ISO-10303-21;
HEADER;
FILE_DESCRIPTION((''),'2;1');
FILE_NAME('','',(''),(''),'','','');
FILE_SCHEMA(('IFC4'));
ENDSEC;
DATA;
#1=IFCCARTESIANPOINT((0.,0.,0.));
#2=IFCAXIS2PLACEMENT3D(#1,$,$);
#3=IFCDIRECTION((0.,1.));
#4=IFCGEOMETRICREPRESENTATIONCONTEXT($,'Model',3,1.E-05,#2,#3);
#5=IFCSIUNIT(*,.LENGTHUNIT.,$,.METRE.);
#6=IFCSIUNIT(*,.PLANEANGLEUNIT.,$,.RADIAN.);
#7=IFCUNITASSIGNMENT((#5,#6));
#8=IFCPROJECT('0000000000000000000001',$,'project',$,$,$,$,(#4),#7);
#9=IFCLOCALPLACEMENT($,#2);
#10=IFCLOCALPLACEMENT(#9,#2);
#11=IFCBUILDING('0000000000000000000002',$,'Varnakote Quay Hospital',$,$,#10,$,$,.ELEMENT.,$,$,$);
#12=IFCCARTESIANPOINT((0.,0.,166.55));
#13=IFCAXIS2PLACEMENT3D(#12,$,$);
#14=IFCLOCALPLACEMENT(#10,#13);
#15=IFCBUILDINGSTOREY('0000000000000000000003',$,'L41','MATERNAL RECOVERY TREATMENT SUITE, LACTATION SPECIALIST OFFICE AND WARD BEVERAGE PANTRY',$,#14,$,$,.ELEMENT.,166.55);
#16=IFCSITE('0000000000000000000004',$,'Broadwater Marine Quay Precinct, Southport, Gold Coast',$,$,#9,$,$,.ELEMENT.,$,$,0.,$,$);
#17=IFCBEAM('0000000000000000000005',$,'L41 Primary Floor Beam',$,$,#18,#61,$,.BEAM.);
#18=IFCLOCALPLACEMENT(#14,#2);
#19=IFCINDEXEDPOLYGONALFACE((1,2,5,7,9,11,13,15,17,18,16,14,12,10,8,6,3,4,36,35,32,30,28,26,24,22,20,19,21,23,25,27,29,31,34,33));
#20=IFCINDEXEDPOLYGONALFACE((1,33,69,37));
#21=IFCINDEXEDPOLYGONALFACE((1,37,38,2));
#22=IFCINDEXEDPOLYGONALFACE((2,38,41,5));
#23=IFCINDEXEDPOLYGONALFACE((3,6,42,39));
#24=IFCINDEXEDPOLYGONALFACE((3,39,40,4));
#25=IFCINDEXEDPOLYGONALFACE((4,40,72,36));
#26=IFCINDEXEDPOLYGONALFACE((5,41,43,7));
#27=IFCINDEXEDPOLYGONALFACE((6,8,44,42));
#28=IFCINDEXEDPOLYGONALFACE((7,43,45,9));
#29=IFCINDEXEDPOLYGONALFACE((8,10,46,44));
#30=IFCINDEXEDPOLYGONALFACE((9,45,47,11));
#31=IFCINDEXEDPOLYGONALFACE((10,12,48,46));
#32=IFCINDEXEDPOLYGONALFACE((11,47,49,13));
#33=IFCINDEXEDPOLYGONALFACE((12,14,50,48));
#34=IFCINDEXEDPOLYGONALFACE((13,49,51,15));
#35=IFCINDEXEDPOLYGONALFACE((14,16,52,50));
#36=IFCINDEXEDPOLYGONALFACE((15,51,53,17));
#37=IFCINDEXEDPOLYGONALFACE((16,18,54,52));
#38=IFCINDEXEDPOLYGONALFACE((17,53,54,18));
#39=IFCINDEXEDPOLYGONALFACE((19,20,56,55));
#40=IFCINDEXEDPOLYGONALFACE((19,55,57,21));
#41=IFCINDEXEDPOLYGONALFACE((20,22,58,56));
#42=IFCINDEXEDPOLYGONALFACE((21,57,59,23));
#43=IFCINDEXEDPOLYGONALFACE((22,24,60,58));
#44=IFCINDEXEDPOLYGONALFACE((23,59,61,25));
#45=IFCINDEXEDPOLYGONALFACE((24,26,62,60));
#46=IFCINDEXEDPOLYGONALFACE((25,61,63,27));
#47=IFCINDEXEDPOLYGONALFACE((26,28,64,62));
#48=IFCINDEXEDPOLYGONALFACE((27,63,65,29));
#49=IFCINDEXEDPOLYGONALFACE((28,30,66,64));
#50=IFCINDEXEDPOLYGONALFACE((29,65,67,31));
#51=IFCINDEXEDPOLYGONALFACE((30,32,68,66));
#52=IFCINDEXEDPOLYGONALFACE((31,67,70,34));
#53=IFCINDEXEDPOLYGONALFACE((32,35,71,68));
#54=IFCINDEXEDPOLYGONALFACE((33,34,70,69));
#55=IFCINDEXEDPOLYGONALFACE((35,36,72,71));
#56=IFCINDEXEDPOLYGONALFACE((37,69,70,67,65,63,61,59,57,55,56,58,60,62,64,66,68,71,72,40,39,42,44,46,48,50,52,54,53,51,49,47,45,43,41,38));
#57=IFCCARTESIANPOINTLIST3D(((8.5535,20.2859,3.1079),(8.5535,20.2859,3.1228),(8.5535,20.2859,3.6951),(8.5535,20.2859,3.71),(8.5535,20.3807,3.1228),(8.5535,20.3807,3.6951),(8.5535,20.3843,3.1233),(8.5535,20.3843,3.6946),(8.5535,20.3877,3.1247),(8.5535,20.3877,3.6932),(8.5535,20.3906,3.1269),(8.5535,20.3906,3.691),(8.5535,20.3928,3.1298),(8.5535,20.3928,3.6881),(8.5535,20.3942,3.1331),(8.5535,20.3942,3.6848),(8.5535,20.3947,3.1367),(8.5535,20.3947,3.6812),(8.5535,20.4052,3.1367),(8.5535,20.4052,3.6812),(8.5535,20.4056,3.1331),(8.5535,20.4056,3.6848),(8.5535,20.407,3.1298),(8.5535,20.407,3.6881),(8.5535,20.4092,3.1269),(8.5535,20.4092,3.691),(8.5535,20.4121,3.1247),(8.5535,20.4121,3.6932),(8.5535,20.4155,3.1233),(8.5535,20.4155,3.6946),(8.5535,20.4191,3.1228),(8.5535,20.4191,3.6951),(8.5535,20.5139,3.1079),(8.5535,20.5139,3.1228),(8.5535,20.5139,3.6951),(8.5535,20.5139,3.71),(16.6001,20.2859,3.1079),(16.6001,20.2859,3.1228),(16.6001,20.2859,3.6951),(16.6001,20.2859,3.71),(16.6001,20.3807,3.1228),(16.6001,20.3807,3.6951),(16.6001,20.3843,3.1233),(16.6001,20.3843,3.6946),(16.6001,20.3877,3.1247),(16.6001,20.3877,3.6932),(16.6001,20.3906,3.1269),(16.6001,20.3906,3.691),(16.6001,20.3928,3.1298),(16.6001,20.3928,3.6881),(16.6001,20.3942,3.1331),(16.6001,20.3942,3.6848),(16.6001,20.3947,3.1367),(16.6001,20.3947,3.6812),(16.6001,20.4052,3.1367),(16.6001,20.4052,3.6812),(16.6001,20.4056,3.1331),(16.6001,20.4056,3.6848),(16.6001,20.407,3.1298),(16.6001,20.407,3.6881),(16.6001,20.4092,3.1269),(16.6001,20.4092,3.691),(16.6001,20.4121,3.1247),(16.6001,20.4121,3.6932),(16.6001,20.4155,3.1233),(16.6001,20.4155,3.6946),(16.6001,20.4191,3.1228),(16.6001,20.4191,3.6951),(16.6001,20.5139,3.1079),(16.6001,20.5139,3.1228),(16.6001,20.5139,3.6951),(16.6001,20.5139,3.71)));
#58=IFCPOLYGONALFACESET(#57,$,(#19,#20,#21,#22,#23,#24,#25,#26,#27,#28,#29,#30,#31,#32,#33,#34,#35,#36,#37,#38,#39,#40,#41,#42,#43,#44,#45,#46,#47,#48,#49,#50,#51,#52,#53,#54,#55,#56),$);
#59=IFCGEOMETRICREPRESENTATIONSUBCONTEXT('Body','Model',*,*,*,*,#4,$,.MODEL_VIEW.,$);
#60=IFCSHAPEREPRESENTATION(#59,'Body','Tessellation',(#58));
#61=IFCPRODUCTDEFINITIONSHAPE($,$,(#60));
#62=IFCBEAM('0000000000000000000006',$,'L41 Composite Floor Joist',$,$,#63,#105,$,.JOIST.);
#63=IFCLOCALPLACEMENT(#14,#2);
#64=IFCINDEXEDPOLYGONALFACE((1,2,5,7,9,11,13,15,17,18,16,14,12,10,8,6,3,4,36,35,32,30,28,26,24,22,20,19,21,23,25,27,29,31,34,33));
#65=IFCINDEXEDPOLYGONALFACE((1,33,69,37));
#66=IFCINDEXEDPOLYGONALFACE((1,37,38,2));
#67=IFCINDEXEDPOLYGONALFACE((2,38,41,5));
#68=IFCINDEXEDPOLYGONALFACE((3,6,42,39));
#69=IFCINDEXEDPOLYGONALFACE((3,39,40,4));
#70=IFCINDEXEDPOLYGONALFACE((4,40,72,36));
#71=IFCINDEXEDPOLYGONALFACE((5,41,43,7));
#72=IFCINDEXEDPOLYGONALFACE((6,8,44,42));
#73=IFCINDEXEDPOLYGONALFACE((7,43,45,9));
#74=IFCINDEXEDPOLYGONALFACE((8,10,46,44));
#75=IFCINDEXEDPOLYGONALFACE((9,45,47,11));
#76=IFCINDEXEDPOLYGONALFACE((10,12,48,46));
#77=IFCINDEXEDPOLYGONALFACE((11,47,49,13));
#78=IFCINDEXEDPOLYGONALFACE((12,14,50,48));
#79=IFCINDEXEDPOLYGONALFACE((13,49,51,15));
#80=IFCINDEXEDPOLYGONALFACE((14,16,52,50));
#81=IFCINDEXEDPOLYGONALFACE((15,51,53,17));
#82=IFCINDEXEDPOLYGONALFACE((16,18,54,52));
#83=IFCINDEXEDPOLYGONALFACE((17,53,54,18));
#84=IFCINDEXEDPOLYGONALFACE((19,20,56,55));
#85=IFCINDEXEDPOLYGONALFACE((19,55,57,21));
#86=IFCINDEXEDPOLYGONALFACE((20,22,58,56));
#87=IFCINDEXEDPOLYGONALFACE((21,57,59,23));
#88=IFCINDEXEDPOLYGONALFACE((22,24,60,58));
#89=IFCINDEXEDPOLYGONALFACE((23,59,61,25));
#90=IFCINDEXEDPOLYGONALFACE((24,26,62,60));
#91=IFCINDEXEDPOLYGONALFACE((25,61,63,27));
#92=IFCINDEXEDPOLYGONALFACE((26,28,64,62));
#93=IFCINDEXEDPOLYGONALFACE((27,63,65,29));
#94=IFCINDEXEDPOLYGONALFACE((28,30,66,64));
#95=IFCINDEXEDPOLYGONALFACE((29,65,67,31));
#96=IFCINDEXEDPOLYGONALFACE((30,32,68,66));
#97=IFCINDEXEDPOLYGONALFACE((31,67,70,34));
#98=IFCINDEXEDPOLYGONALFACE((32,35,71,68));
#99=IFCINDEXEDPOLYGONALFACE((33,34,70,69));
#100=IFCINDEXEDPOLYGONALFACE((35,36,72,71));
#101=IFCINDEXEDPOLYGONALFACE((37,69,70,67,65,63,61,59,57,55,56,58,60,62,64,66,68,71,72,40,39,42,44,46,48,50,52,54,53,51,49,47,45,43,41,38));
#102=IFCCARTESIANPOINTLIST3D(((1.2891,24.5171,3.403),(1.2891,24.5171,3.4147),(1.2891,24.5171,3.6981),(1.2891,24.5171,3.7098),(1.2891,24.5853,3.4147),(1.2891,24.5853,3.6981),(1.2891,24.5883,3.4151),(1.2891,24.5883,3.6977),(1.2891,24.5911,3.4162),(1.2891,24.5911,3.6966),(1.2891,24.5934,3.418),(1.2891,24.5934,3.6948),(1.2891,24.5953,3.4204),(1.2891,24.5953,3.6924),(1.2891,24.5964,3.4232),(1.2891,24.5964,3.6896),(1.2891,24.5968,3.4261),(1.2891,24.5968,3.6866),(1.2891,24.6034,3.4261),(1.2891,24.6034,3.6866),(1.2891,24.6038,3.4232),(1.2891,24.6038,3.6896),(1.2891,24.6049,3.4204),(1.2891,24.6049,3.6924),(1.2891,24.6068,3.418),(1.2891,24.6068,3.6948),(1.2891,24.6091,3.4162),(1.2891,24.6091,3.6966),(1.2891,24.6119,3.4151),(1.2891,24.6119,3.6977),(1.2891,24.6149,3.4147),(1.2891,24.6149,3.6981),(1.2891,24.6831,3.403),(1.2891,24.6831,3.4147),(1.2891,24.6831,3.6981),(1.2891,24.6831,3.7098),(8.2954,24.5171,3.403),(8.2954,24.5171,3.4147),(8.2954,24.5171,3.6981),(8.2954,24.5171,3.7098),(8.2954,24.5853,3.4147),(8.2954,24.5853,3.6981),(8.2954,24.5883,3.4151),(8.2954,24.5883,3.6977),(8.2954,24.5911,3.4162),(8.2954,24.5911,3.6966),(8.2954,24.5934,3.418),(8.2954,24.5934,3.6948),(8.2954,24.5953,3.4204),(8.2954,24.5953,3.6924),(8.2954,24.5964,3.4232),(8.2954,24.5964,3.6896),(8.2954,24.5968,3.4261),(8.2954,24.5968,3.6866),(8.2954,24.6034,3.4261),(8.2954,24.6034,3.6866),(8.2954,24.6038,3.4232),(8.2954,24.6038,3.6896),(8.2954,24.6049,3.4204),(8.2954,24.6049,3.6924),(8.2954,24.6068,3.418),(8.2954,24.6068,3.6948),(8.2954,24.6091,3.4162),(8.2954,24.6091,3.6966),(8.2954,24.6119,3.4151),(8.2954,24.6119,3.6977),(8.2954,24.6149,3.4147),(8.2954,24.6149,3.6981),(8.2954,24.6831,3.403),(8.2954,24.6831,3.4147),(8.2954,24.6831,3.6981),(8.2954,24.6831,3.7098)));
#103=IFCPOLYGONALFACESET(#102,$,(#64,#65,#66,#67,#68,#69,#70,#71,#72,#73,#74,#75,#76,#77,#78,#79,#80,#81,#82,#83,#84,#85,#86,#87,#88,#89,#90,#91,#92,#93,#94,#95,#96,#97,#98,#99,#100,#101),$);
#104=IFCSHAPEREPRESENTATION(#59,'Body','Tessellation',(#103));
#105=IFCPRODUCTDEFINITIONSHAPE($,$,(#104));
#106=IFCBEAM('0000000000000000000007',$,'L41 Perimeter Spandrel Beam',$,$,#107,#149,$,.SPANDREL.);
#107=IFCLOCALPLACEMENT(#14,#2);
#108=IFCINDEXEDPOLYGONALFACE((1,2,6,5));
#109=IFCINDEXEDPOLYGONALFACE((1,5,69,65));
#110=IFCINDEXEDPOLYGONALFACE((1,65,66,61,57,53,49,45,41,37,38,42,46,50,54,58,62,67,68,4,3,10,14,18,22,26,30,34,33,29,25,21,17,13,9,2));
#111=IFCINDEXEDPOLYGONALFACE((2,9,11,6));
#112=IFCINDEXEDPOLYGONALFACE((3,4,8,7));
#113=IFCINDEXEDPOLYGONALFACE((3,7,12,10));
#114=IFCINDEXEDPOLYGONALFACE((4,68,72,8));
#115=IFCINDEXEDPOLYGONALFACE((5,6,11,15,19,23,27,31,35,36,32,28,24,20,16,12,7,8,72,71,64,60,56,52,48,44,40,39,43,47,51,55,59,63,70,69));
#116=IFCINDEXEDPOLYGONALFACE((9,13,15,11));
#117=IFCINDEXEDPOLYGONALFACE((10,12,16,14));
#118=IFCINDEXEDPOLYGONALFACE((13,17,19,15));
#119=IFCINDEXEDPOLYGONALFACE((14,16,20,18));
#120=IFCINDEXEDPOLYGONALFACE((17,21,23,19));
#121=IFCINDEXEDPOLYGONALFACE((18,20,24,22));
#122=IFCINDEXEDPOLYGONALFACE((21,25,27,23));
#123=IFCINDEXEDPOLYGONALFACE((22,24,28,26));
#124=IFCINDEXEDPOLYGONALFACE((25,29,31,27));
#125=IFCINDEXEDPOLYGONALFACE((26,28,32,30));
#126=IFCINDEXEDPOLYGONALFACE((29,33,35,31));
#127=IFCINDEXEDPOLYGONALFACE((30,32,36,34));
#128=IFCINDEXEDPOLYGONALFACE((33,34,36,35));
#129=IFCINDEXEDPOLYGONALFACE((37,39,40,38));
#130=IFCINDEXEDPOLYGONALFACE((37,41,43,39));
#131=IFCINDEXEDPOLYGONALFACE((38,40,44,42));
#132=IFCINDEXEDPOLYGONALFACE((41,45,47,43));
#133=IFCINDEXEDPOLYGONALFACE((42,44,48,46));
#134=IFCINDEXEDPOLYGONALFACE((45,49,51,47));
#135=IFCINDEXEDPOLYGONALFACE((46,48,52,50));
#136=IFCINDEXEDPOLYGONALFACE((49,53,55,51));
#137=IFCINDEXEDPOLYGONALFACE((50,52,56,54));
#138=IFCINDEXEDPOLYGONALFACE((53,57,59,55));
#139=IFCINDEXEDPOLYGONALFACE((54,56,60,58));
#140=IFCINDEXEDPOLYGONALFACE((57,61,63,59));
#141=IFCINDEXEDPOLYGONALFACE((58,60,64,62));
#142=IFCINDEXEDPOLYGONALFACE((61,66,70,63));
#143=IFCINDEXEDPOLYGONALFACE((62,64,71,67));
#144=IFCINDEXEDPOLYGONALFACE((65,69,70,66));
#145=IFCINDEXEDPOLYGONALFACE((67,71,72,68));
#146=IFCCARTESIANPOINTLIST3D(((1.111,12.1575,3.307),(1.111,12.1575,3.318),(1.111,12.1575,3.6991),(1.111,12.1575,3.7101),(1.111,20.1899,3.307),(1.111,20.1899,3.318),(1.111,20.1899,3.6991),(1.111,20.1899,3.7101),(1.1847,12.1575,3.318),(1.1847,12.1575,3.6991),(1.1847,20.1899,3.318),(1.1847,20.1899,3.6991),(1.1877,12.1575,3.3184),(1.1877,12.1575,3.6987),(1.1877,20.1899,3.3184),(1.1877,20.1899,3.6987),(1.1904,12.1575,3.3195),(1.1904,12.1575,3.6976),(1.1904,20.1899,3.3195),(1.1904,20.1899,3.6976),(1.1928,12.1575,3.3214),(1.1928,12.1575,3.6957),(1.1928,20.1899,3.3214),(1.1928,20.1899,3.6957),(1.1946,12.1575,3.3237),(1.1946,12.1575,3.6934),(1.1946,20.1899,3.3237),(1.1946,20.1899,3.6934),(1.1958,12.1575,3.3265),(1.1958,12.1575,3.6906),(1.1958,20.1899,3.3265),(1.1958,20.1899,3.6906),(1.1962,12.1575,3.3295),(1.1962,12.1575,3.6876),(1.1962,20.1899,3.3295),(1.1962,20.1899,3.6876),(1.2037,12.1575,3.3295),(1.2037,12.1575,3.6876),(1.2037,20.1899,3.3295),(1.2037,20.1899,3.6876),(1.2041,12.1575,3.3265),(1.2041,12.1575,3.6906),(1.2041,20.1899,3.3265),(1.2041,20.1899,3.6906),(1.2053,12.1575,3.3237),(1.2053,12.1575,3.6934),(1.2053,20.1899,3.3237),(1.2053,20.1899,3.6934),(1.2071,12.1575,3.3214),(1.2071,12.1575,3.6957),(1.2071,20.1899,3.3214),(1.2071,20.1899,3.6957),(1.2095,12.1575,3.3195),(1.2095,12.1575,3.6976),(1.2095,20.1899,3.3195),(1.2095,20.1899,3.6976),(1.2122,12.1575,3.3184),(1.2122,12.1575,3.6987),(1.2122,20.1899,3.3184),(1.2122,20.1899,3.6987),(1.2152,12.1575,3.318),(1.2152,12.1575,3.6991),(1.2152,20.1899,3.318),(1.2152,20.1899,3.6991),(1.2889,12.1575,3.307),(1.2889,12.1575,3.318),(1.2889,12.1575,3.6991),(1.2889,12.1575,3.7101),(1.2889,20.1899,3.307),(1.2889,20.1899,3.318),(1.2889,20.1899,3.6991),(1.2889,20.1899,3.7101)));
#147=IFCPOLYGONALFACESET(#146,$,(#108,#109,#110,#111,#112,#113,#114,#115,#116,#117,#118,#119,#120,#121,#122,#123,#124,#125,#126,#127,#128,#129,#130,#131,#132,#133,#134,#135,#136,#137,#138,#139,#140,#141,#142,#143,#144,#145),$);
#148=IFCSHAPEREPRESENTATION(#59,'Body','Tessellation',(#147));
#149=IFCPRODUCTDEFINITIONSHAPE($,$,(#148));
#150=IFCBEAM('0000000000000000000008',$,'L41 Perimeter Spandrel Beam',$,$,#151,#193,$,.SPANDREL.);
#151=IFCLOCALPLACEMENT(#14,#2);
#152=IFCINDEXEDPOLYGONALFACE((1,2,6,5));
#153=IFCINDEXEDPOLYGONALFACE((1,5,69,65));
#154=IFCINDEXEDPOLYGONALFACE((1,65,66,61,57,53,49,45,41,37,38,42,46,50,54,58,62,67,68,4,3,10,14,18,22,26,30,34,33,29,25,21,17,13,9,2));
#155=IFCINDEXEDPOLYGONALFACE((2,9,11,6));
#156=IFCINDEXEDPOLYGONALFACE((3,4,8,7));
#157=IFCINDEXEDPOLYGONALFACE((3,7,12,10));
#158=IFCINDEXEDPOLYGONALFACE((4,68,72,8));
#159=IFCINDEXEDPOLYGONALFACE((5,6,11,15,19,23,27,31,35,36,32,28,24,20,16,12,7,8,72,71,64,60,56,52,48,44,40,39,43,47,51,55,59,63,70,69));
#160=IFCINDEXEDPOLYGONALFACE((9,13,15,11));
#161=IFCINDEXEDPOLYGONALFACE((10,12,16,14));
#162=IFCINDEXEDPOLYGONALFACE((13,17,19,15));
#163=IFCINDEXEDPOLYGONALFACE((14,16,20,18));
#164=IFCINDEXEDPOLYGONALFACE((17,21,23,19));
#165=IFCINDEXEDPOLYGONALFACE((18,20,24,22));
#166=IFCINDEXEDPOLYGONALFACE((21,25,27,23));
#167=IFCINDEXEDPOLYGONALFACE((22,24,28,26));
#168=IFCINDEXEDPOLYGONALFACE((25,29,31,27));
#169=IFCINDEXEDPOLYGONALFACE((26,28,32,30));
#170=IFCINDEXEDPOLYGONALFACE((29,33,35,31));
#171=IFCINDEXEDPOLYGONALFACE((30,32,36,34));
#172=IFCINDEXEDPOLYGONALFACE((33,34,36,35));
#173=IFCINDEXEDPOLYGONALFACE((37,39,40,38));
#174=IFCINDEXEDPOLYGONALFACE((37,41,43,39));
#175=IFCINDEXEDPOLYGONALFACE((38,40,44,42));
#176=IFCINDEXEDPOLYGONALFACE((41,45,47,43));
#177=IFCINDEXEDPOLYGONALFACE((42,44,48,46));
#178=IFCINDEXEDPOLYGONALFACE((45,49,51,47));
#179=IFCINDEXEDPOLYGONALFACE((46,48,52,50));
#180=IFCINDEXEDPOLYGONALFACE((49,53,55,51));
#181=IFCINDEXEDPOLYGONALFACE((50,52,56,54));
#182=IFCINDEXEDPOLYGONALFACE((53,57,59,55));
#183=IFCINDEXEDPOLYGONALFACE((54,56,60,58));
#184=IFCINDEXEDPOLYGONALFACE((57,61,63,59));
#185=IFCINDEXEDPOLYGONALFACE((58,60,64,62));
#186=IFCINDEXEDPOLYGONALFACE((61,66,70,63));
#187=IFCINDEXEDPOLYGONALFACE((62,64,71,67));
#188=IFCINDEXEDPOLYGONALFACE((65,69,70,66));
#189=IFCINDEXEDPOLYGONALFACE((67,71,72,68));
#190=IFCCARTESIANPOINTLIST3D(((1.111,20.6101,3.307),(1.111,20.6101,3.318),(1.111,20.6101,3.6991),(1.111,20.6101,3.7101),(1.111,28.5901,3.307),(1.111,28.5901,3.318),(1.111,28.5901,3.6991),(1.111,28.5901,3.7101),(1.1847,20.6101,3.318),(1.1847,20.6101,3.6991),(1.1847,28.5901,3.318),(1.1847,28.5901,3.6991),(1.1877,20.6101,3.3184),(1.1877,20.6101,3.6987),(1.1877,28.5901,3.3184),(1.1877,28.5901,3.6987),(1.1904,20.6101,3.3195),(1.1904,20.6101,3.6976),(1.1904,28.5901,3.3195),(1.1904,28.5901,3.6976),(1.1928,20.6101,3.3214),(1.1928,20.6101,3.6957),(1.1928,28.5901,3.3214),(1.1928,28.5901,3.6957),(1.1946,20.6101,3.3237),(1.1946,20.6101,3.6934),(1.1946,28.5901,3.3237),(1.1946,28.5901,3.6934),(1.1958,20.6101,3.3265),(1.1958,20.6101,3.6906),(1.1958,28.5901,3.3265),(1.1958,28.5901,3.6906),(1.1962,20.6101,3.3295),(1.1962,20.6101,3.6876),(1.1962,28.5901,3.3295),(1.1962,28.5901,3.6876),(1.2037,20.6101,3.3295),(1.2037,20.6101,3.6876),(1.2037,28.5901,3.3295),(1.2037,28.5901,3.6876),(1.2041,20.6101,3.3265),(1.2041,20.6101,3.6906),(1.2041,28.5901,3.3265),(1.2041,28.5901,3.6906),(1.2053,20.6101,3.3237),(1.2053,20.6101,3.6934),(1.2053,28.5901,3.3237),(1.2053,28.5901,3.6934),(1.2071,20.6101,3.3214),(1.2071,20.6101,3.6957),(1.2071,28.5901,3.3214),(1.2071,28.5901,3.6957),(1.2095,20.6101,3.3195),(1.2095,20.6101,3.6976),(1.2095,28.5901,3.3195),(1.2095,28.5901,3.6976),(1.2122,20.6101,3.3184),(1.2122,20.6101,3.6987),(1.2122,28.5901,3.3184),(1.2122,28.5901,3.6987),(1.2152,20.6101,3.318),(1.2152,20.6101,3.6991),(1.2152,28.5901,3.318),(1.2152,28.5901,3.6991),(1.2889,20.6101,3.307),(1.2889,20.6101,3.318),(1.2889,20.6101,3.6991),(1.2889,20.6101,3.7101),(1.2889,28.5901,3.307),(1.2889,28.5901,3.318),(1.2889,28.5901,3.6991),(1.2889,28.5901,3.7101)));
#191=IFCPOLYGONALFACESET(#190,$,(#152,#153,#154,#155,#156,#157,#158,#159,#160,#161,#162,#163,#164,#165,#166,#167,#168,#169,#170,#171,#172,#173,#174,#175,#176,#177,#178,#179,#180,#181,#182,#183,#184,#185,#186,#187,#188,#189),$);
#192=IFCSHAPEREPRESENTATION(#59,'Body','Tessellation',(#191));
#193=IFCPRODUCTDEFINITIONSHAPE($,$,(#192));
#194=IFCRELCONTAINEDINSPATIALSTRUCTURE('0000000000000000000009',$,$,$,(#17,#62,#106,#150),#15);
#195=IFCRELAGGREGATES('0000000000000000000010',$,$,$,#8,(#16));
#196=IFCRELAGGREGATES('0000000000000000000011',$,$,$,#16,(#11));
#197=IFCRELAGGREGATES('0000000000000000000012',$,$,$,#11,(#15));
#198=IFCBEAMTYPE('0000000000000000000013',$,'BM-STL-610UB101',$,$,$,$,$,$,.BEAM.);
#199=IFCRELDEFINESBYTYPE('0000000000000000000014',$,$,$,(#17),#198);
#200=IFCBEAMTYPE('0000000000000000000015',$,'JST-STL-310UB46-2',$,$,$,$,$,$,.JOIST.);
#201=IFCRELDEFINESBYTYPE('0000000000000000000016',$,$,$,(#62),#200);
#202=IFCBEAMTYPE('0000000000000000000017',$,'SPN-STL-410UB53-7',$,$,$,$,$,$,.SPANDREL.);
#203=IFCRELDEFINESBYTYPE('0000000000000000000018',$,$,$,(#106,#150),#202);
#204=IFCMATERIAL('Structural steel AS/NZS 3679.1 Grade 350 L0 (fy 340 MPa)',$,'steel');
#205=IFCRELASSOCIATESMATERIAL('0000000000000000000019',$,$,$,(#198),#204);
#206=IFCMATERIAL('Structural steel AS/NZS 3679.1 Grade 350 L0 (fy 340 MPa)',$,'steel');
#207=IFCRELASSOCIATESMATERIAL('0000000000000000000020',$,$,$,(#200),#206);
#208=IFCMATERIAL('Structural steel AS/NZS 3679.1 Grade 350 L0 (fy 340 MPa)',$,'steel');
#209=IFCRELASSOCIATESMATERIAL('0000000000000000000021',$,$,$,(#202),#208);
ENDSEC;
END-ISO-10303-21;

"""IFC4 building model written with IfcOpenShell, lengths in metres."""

from ifc_helpers import new_model, si_unit, direction, frame, origin, origin_2d, place, context, subcontext, project, spatial, i_section, extrude, material, material_profile, profile_set, type_object, element, save


model = new_model("IFC4")

# Units and contexts
model_context = context("Model", 3, precision=1e-05, world=origin(), true_north=direction((0.0, 1.0)))
body_context = subcontext(model_context, "Body", "Model", "MODEL_VIEW")
ifc_project = project(units=[si_unit("LENGTHUNIT", "METRE"), si_unit("PLANEANGLEUNIT", "RADIAN")], contexts=[model_context])

# Site, building, storey
site_placement = place(None, origin())
site = spatial("IfcSite", under=ifc_project, at=site_placement, Name="Broadwater Marine Quay Precinct, Southport, Gold Coast", CompositionType="ELEMENT", RefElevation=0.0)
building_placement = place(site_placement, origin())
building = spatial("IfcBuilding", under=site, at=building_placement, Name="Varnakote Quay Hospital", CompositionType="ELEMENT")
storey_placement = place(building_placement, frame((0.0, 0.0, 166.55)))
storey = spatial("IfcBuildingStorey", under=building, at=storey_placement, Name="L41", Description="MATERNAL RECOVERY TREATMENT SUITE, LACTATION SPECIALIST OFFICE AND WARD BEVERAGE PANTRY", CompositionType="ELEMENT", Elevation=166.55)

# Beams
ifc_material_1 = material(Name="Structural steel AS/NZS 3679.1 Grade 350 L0 (fy 340 MPa)", Category="steel")
ifc_material_profile_1 = material_profile(ifc_material_1, i_section(OverallWidth=0.228, OverallDepth=0.6021, WebThickness=0.0105, FlangeThickness=0.0149, FilletRadius=0.0139, at=origin_2d()), Name="610UB101")
ifc_profile_set_1 = profile_set([ifc_material_profile_1], Name="Structural steel AS/NZS 3679.1 Grade 350 L0 (fy 340 MPa)")
beam_type_1 = type_object("IfcBeamType", Name="BM-STL-610UB101", PredefinedType="BEAM", material=ifc_profile_set_1)
beam_1_placement = place(storey_placement, frame((8.5535, 20.3999, 3.4089), z_axis=(1.0, 0.0, 0.0), x_axis=(0.0, 1.0, 0.0)))
element("IfcBeam", 1, at=beam_1_placement, inside=storey, type_object=beam_type_1, Name="L41 Primary Floor Beam", PredefinedType="BEAM", context=body_context, shape_type="SweptSolid", body=[
    extrude(i_section(OverallWidth=0.228, OverallDepth=0.6021, WebThickness=0.0105, FlangeThickness=0.0149, FilletRadius=0.0139, at=origin_2d()), origin(), (0.0, 0.0, 1.0), 8.0466),
])
ifc_material_2 = material(Name="Structural steel AS/NZS 3679.1 Grade 350 L0 (fy 340 MPa)", Category="steel")
ifc_material_profile_2 = material_profile(ifc_material_2, i_section(OverallWidth=0.166, OverallDepth=0.3069, WebThickness=0.0066, FlangeThickness=0.0117, FilletRadius=0.0115, at=origin_2d()), Name="310UB46.2")
ifc_profile_set_2 = profile_set([ifc_material_profile_2], Name="Structural steel AS/NZS 3679.1 Grade 350 L0 (fy 340 MPa)")
beam_type_2 = type_object("IfcBeamType", Name="JST-STL-310UB46-2", PredefinedType="JOIST", material=ifc_profile_set_2)
beam_2_placement = place(storey_placement, frame((1.2891, 24.6001, 3.5564), z_axis=(1.0, 0.0, 0.0), x_axis=(0.0, 1.0, 0.0)))
element("IfcBeam", 2, at=beam_2_placement, inside=storey, type_object=beam_type_2, Name="L41 Composite Floor Joist", PredefinedType="JOIST", context=body_context, shape_type="SweptSolid", body=[
    extrude(i_section(OverallWidth=0.166, OverallDepth=0.3069, WebThickness=0.0066, FlangeThickness=0.0117, FilletRadius=0.0115, at=origin_2d()), origin(), (0.0, 0.0, 1.0), 7.0063),
])
ifc_material_3 = material(Name="Structural steel AS/NZS 3679.1 Grade 350 L0 (fy 340 MPa)", Category="steel")
ifc_material_profile_3 = material_profile(ifc_material_3, i_section(OverallWidth=0.178, OverallDepth=0.4031, WebThickness=0.0076, FlangeThickness=0.011, FilletRadius=0.0115, at=origin_2d()), Name="410UB53.7")
ifc_profile_set_3 = profile_set([ifc_material_profile_3], Name="Structural steel AS/NZS 3679.1 Grade 350 L0 (fy 340 MPa)")
beam_type_3 = type_object("IfcBeamType", Name="SPN-STL-410UB53-7", PredefinedType="SPANDREL", material=ifc_profile_set_3)
beam_3_placement = place(storey_placement, frame((1.2, 12.1575, 3.5085), z_axis=(0.0, 1.0, 0.0), x_axis=(-1.0, 0.0, 0.0)))
element("IfcBeam", 3, at=beam_3_placement, inside=storey, type_object=beam_type_3, Name="L41 Perimeter Spandrel Beam", PredefinedType="SPANDREL", context=body_context, shape_type="SweptSolid", body=[
    extrude(i_section(OverallWidth=0.178, OverallDepth=0.4031, WebThickness=0.0076, FlangeThickness=0.011, FilletRadius=0.0115, at=origin_2d()), origin(), (0.0, 0.0, 1.0), 8.0325),
])
beam_4_placement = place(storey_placement, frame((1.2, 20.6101, 3.5085), z_axis=(0.0, 1.0, 0.0), x_axis=(-1.0, 0.0, 0.0)))
element("IfcBeam", 4, at=beam_4_placement, inside=storey, type_object=beam_type_3, Name="L41 Perimeter Spandrel Beam", PredefinedType="SPANDREL", context=body_context, shape_type="SweptSolid", body=[
    extrude(i_section(OverallWidth=0.178, OverallDepth=0.4031, WebThickness=0.0076, FlangeThickness=0.011, FilletRadius=0.0115, at=origin_2d()), origin(), (0.0, 0.0, 1.0), 7.98),
])

save(model, "model.ifc")
